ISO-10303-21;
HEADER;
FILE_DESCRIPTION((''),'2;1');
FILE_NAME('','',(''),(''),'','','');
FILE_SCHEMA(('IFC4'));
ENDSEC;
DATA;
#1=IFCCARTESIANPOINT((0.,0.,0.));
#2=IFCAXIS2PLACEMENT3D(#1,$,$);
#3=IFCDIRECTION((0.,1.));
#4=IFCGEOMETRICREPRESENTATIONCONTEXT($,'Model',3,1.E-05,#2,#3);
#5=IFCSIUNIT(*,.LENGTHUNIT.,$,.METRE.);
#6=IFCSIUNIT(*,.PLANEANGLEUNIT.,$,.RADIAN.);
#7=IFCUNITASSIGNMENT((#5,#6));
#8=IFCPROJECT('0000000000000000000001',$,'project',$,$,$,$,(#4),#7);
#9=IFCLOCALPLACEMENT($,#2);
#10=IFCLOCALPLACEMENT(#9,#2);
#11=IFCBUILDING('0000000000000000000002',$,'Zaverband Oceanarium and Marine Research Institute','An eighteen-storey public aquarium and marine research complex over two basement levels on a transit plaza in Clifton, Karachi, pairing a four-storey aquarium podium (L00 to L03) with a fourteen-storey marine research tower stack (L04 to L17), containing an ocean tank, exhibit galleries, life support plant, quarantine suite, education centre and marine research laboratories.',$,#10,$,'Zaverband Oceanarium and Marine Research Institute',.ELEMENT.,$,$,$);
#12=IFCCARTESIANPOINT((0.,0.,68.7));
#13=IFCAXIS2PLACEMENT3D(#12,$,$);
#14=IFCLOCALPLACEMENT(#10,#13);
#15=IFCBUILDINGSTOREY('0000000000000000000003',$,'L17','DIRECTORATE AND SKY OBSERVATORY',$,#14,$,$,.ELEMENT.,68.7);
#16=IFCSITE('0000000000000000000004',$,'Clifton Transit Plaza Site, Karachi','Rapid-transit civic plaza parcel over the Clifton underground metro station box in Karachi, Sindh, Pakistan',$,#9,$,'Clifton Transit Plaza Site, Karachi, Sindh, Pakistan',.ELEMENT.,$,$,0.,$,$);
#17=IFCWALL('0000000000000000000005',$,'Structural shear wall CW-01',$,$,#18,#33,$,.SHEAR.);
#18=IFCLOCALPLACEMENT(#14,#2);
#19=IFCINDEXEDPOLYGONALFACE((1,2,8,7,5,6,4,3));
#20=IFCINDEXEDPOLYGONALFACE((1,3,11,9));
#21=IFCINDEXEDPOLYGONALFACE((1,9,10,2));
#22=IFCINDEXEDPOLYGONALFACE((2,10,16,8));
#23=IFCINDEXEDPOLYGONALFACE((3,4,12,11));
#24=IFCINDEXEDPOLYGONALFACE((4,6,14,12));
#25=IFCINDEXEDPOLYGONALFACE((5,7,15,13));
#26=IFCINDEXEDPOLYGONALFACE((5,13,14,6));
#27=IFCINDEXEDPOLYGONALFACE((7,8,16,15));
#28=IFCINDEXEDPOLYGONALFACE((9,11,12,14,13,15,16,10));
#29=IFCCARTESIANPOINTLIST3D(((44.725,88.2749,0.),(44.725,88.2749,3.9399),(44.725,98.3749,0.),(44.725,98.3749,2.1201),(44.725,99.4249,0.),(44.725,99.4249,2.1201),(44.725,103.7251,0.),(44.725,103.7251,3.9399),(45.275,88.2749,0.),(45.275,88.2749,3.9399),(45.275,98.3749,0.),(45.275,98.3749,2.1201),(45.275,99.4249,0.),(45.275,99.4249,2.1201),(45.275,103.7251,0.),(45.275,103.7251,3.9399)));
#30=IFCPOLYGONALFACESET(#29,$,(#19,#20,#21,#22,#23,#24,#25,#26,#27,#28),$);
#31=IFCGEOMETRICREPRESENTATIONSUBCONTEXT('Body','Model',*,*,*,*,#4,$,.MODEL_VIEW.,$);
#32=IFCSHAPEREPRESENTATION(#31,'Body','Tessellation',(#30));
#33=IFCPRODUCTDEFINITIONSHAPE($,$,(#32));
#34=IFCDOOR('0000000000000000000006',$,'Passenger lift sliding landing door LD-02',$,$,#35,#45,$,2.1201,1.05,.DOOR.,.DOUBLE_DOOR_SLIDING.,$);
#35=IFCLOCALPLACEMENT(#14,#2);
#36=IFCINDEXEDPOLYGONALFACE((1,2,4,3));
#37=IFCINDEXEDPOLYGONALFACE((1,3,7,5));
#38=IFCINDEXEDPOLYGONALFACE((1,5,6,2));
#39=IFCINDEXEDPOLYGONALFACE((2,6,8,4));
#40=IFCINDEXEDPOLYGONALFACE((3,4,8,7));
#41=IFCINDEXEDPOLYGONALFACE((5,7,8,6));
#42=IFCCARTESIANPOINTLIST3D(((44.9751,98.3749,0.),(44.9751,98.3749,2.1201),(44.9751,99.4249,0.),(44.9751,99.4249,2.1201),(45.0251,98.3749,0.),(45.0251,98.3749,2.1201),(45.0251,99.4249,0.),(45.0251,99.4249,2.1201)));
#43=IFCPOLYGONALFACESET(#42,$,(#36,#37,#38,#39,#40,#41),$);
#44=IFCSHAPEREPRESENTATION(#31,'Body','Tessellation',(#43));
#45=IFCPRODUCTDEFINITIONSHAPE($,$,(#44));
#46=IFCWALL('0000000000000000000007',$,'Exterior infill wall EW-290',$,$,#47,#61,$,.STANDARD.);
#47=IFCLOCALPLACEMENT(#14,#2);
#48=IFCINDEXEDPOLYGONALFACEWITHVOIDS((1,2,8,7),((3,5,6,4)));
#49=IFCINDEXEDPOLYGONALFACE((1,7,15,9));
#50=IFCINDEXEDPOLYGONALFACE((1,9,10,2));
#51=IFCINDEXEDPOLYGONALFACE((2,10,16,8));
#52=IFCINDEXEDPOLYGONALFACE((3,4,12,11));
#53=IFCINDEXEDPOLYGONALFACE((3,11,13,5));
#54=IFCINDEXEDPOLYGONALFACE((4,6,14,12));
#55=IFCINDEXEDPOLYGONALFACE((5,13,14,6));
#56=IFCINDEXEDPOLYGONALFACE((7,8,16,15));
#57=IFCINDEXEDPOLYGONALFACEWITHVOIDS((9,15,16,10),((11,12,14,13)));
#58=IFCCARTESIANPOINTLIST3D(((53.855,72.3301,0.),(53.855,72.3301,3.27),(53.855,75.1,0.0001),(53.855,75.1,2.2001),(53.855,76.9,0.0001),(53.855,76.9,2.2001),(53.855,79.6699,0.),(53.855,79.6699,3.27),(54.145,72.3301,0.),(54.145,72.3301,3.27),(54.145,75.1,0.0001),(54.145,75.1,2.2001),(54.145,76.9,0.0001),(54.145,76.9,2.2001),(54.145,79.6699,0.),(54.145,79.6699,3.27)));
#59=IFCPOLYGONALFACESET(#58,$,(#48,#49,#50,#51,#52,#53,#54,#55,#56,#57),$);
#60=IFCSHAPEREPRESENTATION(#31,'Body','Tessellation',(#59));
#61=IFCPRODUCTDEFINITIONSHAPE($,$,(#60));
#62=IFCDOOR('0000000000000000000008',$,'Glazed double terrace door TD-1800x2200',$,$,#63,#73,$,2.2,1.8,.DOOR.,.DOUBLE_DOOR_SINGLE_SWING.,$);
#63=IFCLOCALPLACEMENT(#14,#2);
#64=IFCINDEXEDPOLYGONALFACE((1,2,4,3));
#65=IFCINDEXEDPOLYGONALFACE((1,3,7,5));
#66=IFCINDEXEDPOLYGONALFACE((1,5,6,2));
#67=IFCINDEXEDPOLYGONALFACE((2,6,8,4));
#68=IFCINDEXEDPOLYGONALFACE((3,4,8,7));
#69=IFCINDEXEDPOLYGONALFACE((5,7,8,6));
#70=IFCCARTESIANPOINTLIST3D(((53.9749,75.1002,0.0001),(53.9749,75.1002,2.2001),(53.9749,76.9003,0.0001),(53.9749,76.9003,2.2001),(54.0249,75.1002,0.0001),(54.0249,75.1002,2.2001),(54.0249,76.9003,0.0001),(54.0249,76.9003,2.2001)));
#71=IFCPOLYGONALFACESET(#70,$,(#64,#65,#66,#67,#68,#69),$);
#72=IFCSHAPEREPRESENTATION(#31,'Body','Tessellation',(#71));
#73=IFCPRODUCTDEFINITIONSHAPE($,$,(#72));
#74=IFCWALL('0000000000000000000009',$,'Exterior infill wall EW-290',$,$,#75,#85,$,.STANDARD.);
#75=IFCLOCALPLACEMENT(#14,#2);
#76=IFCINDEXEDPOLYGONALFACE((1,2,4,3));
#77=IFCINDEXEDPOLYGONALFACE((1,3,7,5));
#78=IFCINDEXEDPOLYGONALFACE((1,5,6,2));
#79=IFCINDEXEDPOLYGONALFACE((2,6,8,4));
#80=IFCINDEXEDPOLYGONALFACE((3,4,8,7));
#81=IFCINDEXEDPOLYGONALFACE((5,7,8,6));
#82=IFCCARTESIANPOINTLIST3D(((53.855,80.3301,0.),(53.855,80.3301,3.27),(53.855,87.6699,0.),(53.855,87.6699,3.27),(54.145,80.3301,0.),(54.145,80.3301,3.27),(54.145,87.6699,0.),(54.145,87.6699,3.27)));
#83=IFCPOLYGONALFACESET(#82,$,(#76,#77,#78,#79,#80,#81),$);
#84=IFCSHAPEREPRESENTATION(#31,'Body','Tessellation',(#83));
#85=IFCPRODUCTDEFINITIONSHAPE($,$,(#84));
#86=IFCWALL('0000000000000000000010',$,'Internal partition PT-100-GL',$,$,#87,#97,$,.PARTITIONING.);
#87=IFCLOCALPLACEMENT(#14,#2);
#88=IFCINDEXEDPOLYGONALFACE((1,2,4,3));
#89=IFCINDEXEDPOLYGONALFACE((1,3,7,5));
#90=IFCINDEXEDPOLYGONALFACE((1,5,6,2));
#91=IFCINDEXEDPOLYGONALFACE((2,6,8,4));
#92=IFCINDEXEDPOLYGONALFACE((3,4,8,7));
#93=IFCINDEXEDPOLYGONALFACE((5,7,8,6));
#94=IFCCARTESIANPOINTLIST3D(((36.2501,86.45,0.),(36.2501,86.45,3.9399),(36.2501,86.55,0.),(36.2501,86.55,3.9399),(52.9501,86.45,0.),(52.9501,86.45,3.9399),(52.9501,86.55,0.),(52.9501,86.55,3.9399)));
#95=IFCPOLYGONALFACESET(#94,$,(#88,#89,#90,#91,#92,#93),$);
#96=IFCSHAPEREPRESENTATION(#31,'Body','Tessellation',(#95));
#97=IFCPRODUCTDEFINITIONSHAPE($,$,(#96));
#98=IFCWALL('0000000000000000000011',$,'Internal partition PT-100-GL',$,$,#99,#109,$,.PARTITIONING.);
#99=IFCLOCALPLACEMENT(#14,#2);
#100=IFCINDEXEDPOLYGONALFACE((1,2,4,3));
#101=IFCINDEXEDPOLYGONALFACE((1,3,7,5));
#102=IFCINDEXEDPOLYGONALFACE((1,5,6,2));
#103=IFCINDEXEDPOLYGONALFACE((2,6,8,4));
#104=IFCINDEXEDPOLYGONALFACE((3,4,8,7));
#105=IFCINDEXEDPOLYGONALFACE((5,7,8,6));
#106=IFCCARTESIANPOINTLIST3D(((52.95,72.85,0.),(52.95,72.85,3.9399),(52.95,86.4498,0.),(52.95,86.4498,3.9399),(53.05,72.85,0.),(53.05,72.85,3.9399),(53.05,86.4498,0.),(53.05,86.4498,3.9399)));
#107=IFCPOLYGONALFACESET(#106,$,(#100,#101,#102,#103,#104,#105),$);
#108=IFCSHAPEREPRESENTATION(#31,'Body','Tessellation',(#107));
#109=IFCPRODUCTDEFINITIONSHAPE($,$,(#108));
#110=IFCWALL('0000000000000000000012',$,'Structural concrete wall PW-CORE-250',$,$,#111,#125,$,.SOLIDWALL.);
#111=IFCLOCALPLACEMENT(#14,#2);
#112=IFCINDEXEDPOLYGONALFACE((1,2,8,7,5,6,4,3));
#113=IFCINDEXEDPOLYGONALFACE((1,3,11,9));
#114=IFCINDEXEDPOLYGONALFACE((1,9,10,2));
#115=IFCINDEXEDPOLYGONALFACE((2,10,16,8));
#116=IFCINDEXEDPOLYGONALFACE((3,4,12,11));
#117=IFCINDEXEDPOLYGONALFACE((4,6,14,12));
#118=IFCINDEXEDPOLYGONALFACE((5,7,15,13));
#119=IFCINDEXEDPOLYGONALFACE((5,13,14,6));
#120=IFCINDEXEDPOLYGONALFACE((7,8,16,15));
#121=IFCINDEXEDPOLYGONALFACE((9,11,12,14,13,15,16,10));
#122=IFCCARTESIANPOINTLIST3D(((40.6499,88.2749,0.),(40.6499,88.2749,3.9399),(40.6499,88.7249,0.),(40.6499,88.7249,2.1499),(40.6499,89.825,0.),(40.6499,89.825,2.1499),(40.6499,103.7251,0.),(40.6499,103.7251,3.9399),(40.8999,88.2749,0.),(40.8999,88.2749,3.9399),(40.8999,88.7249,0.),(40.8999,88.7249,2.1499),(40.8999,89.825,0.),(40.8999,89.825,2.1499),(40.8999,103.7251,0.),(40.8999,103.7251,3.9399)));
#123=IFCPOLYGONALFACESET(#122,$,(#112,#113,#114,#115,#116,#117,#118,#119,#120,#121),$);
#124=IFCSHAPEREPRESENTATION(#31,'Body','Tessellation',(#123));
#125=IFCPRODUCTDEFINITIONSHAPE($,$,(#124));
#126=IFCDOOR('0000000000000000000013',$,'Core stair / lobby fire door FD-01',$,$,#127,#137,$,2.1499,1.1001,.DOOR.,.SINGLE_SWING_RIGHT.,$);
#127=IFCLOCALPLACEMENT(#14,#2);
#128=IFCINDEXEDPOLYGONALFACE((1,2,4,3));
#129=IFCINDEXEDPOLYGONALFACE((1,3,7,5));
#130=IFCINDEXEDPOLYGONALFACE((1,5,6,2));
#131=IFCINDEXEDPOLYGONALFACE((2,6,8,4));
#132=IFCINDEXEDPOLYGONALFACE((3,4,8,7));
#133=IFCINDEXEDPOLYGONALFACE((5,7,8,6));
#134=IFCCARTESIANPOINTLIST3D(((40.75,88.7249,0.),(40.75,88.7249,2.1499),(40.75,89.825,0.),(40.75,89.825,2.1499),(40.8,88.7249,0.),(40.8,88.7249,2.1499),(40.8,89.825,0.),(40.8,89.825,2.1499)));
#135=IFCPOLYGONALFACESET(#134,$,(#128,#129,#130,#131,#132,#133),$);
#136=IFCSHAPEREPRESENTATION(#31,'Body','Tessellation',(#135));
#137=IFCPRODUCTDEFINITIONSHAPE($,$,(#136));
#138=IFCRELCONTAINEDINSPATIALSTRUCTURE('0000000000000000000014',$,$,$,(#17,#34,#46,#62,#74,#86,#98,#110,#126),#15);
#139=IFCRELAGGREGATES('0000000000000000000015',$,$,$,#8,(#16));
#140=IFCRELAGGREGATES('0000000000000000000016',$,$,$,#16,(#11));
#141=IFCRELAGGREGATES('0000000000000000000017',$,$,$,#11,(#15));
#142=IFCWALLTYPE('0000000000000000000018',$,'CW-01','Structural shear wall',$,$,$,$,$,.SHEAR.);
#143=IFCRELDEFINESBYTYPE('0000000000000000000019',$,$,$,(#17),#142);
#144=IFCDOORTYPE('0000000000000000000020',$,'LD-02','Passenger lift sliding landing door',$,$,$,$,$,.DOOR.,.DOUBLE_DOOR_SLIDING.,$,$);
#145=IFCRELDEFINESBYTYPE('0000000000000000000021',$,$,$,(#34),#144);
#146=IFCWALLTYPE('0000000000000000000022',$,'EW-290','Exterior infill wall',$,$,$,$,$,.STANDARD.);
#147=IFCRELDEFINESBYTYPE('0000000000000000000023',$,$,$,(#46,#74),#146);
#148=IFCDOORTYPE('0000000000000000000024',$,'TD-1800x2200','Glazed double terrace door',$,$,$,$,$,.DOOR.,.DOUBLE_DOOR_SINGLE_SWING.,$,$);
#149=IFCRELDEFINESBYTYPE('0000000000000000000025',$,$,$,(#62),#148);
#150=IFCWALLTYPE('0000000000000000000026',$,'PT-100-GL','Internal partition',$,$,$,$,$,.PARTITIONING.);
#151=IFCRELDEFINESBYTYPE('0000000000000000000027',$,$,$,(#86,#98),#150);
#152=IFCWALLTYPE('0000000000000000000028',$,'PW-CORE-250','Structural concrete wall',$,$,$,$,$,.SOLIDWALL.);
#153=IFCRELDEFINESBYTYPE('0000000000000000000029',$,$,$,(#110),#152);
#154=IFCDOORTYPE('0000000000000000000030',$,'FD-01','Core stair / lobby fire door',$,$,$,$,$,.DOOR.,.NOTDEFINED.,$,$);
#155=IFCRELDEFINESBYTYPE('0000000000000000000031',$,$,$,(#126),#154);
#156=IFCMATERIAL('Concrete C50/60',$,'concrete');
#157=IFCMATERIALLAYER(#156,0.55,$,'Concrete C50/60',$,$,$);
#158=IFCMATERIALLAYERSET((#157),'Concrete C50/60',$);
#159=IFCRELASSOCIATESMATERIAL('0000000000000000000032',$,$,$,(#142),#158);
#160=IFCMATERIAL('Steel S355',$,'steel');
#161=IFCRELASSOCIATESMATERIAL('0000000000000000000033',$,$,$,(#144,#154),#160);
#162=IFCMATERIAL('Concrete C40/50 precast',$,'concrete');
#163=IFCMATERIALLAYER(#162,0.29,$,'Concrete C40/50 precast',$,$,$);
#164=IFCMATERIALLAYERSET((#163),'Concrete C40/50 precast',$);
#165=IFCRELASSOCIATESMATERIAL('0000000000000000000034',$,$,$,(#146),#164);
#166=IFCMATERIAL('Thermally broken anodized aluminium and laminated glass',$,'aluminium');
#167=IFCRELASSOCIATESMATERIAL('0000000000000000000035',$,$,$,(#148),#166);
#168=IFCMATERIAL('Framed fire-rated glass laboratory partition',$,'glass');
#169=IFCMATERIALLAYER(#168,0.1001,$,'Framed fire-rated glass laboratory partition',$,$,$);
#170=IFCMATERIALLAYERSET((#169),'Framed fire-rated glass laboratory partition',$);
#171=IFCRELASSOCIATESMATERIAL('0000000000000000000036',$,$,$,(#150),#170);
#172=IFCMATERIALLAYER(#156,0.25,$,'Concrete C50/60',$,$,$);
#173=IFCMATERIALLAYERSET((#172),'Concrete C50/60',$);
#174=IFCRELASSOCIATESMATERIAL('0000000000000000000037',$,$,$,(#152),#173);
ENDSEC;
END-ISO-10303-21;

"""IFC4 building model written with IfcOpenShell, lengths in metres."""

from ifc_helpers import new_model, si_unit, direction, frame, frame_2d, origin, place, context, subcontext, project, spatial, rectangle, extrude, material, layer, layer_set, type_object, element, fill, save


model = new_model("IFC4")

# Units and contexts
model_context = context("Model", 3, precision=1e-05, world=origin(), true_north=direction((0.0, 1.0)))
body_context = subcontext(model_context, "Body", "Model", "MODEL_VIEW")
ifc_project = project(units=[si_unit("LENGTHUNIT", "METRE"), si_unit("PLANEANGLEUNIT", "RADIAN")], contexts=[model_context])

# Site, building, storey
site_placement = place(None, origin())
site = spatial("IfcSite", under=ifc_project, at=site_placement, Name="Clifton Transit Plaza Site, Karachi", Description="Rapid-transit civic plaza parcel over the Clifton underground metro station box in Karachi, Sindh, Pakistan", LongName="Clifton Transit Plaza Site, Karachi, Sindh, Pakistan", CompositionType="ELEMENT", RefElevation=0.0)
building_placement = place(site_placement, origin())
building = spatial("IfcBuilding", under=site, at=building_placement, Name="Zaverband Oceanarium and Marine Research Institute", Description="An eighteen-storey public aquarium and marine research complex over two basement levels on a transit plaza in Clifton, Karachi, pairing a four-storey aquarium podium (L00 to L03) with a fourteen-storey marine research tower stack (L04 to L17), containing an ocean tank, exhibit galleries, life support plant, quarantine suite, education centre and marine research laboratories.", LongName="Zaverband Oceanarium and Marine Research Institute", CompositionType="ELEMENT")
storey_placement = place(building_placement, frame((0.0, 0.0, 68.7)))
storey = spatial("IfcBuildingStorey", under=building, at=storey_placement, Name="L17", Description="DIRECTORATE AND SKY OBSERVATORY", CompositionType="ELEMENT", Elevation=68.7)

# Shared definitions
ifc_material_1 = material(Name="Concrete C50/60", Category="concrete")

# Shared definitions
ifc_material_2 = material(Name="Steel S355", Category="steel")

# Walls, openings, doors
ifc_layer_1 = layer(ifc_material_1, 0.55, Name="Concrete C50/60")
ifc_layer_set_1 = layer_set([ifc_layer_1], Name="Concrete C50/60")
wall_type_1 = type_object("IfcWallType", Name="CW-01", Description="Structural shear wall", PredefinedType="SHEAR", material=ifc_layer_set_1)
wall_1_placement = place(storey_placement, frame((45.0, 88.2749, 0.0), z_axis=(0.0, 0.0, 1.0), x_axis=(0.0, 1.0, 0.0)))
wall_1 = element("IfcWall", 1, at=wall_1_placement, inside=storey, type_object=wall_type_1, Name="Structural shear wall CW-01", PredefinedType="SHEAR", context=body_context, shape_type="SweptSolid", body=[
    extrude(rectangle(XDim=15.4502, YDim=0.55, at=frame_2d((7.7251, 0.0))), origin(), (0.0, 0.0, 1.0), 3.9399),
])
opening_1_placement = place(wall_1_placement, frame((10.1001, 0.0, 0.0)))
opening_1 = element("IfcOpeningElement", 2, at=opening_1_placement, cuts=wall_1, PredefinedType="OPENING", context=body_context, shape_type="SweptSolid", body=[
    extrude(rectangle(XDim=1.05, YDim=2.1201, at=frame_2d((0.5249, 1.0601))), frame((0.0, 0.2871, 0.0), z_axis=(0.0, -1.0, 0.0), x_axis=(1.0, 0.0, 0.0)), (0.0, 0.0, 1.0), 0.574),
])
door_type_1 = type_object("IfcDoorType", Name="LD-02", Description="Passenger lift sliding landing door", OperationType="DOUBLE_DOOR_SLIDING", PredefinedType="DOOR", material=ifc_material_2)
door_1_placement = place(opening_1_placement, origin())
door_1 = element("IfcDoor", 3, at=door_1_placement, inside=storey, type_object=door_type_1, Name="Passenger lift sliding landing door LD-02", OperationType="DOUBLE_DOOR_SLIDING", OverallHeight=2.1201, OverallWidth=1.05, PredefinedType="DOOR", context=body_context, shape_type="SweptSolid", body=[
    extrude(rectangle(XDim=1.05, YDim=2.1201, at=frame_2d((0.5249, 1.0601))), frame((0.0, 0.0249, 0.0), z_axis=(0.0, -1.0, 0.0), x_axis=(1.0, 0.0, 0.0)), (0.0, 0.0, 1.0), 0.05),
])
fill(opening_1, door_1)
ifc_material_3 = material(Name="Concrete C40/50 precast", Category="concrete")
ifc_layer_2 = layer(ifc_material_3, 0.29, Name="Concrete C40/50 precast")
ifc_layer_set_2 = layer_set([ifc_layer_2], Name="Concrete C40/50 precast")
wall_type_2 = type_object("IfcWallType", Name="EW-290", Description="Exterior infill wall", PredefinedType="STANDARD", material=ifc_layer_set_2)
wall_2_placement = place(storey_placement, frame((54.0, 72.3301, 0.0), z_axis=(0.0, 0.0, 1.0), x_axis=(0.0, 1.0, 0.0)))
wall_2 = element("IfcWall", 4, at=wall_2_placement, inside=storey, type_object=wall_type_2, Name="Exterior infill wall EW-290", PredefinedType="STANDARD", context=body_context, shape_type="SweptSolid", body=[
    extrude(rectangle(XDim=7.3398, YDim=0.29, at=frame_2d((3.6699, 0.0))), origin(), (0.0, 0.0, 1.0), 3.27),
])
opening_2_placement = place(wall_2_placement, frame((2.77, 0.0, 0.0)))
opening_2 = element("IfcOpeningElement", 5, at=opening_2_placement, cuts=wall_2, PredefinedType="OPENING", context=body_context, shape_type="SweptSolid", body=[
    extrude(rectangle(XDim=1.8, YDim=2.2, at=frame_2d((0.8999, 1.1001))), frame((0.0, 0.157, 0.0), z_axis=(0.0, -1.0, 0.0), x_axis=(1.0, 0.0, 0.0)), (0.0, 0.0, 1.0), 0.314),
])
ifc_material_4 = material(Name="Thermally broken anodized aluminium and laminated glass", Category="aluminium")
door_type_2 = type_object("IfcDoorType", Name="TD-1800x2200", Description="Glazed double terrace door", OperationType="DOUBLE_DOOR_SINGLE_SWING", PredefinedType="DOOR", material=ifc_material_4)
door_2_placement = place(opening_2_placement, frame((1.8, 0.0, 0.0), z_axis=(0.0, 0.0, 1.0), x_axis=(-1.0, 0.0, 0.0)))
door_2 = element("IfcDoor", 6, at=door_2_placement, inside=storey, type_object=door_type_2, Name="Glazed double terrace door TD-1800x2200", OperationType="DOUBLE_DOOR_SINGLE_SWING", OverallHeight=2.2, OverallWidth=1.8, PredefinedType="DOOR", context=body_context, shape_type="SweptSolid", body=[
    extrude(rectangle(XDim=1.8, YDim=2.2, at=frame_2d((0.8999, 1.1001))), frame((0.0, 0.0249, 0.0), z_axis=(0.0, -1.0, 0.0), x_axis=(1.0, 0.0, 0.0)), (0.0, 0.0, 1.0), 0.05),
])
fill(opening_2, door_2)

# Walls
wall_3_placement = place(storey_placement, frame((54.0, 80.3301, 0.0), z_axis=(0.0, 0.0, 1.0), x_axis=(0.0, 1.0, 0.0)))
element("IfcWall", 7, at=wall_3_placement, inside=storey, type_object=wall_type_2, Name="Exterior infill wall EW-290", PredefinedType="STANDARD", context=body_context, shape_type="SweptSolid", body=[
    extrude(rectangle(XDim=7.3398, YDim=0.29, at=frame_2d((3.6699, 0.0))), origin(), (0.0, 0.0, 1.0), 3.27),
])
ifc_material_5 = material(Name="Framed fire-rated glass laboratory partition", Category="glass")
ifc_layer_3 = layer(ifc_material_5, 0.1001, Name="Framed fire-rated glass laboratory partition")
ifc_layer_set_3 = layer_set([ifc_layer_3], Name="Framed fire-rated glass laboratory partition")
wall_type_3 = type_object("IfcWallType", Name="PT-100-GL", Description="Internal partition", PredefinedType="PARTITIONING", material=ifc_layer_set_3)
wall_4_placement = place(storey_placement, frame((36.25, 86.5, 0.0), z_axis=(0.0, 0.0, 1.0), x_axis=(1.0, 0.0, 0.0)))
element("IfcWall", 8, at=wall_4_placement, inside=storey, type_object=wall_type_3, Name="Internal partition PT-100-GL", PredefinedType="PARTITIONING", context=body_context, shape_type="SweptSolid", body=[
    extrude(rectangle(XDim=16.7, YDim=0.1001, at=frame_2d((8.3501, 0.0))), origin(), (0.0, 0.0, 1.0), 3.9399),
])
wall_5_placement = place(storey_placement, frame((53.0, 72.8501, 0.0), z_axis=(0.0, 0.0, 1.0), x_axis=(0.0, 1.0, 0.0)))
element("IfcWall", 9, at=wall_5_placement, inside=storey, type_object=wall_type_3, Name="Internal partition PT-100-GL", PredefinedType="PARTITIONING", context=body_context, shape_type="SweptSolid", body=[
    extrude(rectangle(XDim=13.5999, YDim=0.1001, at=frame_2d((6.7998, 0.0))), origin(), (0.0, 0.0, 1.0), 3.9399),
])

# Wall, opening, door
ifc_layer_4 = layer(ifc_material_1, 0.25, Name="Concrete C50/60")
ifc_layer_set_4 = layer_set([ifc_layer_4], Name="Concrete C50/60")
wall_type_4 = type_object("IfcWallType", Name="PW-CORE-250", Description="Structural concrete wall", PredefinedType="SOLIDWALL", material=ifc_layer_set_4)
wall_6_placement = place(storey_placement, frame((40.7749, 88.2749, 0.0), z_axis=(0.0, 0.0, 1.0), x_axis=(0.0, 1.0, 0.0)))
wall_6 = element("IfcWall", 10, at=wall_6_placement, inside=storey, type_object=wall_type_4, Name="Structural concrete wall PW-CORE-250", PredefinedType="SOLIDWALL", context=body_context, shape_type="SweptSolid", body=[
    extrude(rectangle(XDim=15.4502, YDim=0.25, at=frame_2d((7.7251, 0.0))), origin(), (0.0, 0.0, 1.0), 3.9399),
])
opening_3_placement = place(wall_6_placement, frame((0.45, 0.0, 0.0)))
opening_3 = element("IfcOpeningElement", 11, at=opening_3_placement, cuts=wall_6, PredefinedType="OPENING", context=body_context, shape_type="SweptSolid", body=[
    extrude(rectangle(XDim=1.1001, YDim=2.1499, at=frame_2d((0.55, 1.075))), frame((0.0, 0.137, 0.0), z_axis=(0.0, -1.0, 0.0), x_axis=(1.0, 0.0, 0.0)), (0.0, 0.0, 1.0), 0.2739),
])
door_type_3 = type_object("IfcDoorType", Name="FD-01", Description="Core stair / lobby fire door", OperationType="NOTDEFINED", PredefinedType="DOOR", material=ifc_material_2)
door_3_placement = place(opening_3_placement, origin())
door_3 = element("IfcDoor", 12, at=door_3_placement, inside=storey, type_object=door_type_3, Name="Core stair / lobby fire door FD-01", OperationType="SINGLE_SWING_RIGHT", OverallHeight=2.1499, OverallWidth=1.1001, PredefinedType="DOOR", context=body_context, shape_type="SweptSolid", body=[
    extrude(rectangle(XDim=1.1001, YDim=2.1499, at=frame_2d((0.55, 1.075))), frame((0.0, 0.0249, 0.0), z_axis=(0.0, -1.0, 0.0), x_axis=(1.0, 0.0, 0.0)), (0.0, 0.0, 1.0), 0.05),
])
fill(opening_3, door_3)

save(model, "model.ifc")
